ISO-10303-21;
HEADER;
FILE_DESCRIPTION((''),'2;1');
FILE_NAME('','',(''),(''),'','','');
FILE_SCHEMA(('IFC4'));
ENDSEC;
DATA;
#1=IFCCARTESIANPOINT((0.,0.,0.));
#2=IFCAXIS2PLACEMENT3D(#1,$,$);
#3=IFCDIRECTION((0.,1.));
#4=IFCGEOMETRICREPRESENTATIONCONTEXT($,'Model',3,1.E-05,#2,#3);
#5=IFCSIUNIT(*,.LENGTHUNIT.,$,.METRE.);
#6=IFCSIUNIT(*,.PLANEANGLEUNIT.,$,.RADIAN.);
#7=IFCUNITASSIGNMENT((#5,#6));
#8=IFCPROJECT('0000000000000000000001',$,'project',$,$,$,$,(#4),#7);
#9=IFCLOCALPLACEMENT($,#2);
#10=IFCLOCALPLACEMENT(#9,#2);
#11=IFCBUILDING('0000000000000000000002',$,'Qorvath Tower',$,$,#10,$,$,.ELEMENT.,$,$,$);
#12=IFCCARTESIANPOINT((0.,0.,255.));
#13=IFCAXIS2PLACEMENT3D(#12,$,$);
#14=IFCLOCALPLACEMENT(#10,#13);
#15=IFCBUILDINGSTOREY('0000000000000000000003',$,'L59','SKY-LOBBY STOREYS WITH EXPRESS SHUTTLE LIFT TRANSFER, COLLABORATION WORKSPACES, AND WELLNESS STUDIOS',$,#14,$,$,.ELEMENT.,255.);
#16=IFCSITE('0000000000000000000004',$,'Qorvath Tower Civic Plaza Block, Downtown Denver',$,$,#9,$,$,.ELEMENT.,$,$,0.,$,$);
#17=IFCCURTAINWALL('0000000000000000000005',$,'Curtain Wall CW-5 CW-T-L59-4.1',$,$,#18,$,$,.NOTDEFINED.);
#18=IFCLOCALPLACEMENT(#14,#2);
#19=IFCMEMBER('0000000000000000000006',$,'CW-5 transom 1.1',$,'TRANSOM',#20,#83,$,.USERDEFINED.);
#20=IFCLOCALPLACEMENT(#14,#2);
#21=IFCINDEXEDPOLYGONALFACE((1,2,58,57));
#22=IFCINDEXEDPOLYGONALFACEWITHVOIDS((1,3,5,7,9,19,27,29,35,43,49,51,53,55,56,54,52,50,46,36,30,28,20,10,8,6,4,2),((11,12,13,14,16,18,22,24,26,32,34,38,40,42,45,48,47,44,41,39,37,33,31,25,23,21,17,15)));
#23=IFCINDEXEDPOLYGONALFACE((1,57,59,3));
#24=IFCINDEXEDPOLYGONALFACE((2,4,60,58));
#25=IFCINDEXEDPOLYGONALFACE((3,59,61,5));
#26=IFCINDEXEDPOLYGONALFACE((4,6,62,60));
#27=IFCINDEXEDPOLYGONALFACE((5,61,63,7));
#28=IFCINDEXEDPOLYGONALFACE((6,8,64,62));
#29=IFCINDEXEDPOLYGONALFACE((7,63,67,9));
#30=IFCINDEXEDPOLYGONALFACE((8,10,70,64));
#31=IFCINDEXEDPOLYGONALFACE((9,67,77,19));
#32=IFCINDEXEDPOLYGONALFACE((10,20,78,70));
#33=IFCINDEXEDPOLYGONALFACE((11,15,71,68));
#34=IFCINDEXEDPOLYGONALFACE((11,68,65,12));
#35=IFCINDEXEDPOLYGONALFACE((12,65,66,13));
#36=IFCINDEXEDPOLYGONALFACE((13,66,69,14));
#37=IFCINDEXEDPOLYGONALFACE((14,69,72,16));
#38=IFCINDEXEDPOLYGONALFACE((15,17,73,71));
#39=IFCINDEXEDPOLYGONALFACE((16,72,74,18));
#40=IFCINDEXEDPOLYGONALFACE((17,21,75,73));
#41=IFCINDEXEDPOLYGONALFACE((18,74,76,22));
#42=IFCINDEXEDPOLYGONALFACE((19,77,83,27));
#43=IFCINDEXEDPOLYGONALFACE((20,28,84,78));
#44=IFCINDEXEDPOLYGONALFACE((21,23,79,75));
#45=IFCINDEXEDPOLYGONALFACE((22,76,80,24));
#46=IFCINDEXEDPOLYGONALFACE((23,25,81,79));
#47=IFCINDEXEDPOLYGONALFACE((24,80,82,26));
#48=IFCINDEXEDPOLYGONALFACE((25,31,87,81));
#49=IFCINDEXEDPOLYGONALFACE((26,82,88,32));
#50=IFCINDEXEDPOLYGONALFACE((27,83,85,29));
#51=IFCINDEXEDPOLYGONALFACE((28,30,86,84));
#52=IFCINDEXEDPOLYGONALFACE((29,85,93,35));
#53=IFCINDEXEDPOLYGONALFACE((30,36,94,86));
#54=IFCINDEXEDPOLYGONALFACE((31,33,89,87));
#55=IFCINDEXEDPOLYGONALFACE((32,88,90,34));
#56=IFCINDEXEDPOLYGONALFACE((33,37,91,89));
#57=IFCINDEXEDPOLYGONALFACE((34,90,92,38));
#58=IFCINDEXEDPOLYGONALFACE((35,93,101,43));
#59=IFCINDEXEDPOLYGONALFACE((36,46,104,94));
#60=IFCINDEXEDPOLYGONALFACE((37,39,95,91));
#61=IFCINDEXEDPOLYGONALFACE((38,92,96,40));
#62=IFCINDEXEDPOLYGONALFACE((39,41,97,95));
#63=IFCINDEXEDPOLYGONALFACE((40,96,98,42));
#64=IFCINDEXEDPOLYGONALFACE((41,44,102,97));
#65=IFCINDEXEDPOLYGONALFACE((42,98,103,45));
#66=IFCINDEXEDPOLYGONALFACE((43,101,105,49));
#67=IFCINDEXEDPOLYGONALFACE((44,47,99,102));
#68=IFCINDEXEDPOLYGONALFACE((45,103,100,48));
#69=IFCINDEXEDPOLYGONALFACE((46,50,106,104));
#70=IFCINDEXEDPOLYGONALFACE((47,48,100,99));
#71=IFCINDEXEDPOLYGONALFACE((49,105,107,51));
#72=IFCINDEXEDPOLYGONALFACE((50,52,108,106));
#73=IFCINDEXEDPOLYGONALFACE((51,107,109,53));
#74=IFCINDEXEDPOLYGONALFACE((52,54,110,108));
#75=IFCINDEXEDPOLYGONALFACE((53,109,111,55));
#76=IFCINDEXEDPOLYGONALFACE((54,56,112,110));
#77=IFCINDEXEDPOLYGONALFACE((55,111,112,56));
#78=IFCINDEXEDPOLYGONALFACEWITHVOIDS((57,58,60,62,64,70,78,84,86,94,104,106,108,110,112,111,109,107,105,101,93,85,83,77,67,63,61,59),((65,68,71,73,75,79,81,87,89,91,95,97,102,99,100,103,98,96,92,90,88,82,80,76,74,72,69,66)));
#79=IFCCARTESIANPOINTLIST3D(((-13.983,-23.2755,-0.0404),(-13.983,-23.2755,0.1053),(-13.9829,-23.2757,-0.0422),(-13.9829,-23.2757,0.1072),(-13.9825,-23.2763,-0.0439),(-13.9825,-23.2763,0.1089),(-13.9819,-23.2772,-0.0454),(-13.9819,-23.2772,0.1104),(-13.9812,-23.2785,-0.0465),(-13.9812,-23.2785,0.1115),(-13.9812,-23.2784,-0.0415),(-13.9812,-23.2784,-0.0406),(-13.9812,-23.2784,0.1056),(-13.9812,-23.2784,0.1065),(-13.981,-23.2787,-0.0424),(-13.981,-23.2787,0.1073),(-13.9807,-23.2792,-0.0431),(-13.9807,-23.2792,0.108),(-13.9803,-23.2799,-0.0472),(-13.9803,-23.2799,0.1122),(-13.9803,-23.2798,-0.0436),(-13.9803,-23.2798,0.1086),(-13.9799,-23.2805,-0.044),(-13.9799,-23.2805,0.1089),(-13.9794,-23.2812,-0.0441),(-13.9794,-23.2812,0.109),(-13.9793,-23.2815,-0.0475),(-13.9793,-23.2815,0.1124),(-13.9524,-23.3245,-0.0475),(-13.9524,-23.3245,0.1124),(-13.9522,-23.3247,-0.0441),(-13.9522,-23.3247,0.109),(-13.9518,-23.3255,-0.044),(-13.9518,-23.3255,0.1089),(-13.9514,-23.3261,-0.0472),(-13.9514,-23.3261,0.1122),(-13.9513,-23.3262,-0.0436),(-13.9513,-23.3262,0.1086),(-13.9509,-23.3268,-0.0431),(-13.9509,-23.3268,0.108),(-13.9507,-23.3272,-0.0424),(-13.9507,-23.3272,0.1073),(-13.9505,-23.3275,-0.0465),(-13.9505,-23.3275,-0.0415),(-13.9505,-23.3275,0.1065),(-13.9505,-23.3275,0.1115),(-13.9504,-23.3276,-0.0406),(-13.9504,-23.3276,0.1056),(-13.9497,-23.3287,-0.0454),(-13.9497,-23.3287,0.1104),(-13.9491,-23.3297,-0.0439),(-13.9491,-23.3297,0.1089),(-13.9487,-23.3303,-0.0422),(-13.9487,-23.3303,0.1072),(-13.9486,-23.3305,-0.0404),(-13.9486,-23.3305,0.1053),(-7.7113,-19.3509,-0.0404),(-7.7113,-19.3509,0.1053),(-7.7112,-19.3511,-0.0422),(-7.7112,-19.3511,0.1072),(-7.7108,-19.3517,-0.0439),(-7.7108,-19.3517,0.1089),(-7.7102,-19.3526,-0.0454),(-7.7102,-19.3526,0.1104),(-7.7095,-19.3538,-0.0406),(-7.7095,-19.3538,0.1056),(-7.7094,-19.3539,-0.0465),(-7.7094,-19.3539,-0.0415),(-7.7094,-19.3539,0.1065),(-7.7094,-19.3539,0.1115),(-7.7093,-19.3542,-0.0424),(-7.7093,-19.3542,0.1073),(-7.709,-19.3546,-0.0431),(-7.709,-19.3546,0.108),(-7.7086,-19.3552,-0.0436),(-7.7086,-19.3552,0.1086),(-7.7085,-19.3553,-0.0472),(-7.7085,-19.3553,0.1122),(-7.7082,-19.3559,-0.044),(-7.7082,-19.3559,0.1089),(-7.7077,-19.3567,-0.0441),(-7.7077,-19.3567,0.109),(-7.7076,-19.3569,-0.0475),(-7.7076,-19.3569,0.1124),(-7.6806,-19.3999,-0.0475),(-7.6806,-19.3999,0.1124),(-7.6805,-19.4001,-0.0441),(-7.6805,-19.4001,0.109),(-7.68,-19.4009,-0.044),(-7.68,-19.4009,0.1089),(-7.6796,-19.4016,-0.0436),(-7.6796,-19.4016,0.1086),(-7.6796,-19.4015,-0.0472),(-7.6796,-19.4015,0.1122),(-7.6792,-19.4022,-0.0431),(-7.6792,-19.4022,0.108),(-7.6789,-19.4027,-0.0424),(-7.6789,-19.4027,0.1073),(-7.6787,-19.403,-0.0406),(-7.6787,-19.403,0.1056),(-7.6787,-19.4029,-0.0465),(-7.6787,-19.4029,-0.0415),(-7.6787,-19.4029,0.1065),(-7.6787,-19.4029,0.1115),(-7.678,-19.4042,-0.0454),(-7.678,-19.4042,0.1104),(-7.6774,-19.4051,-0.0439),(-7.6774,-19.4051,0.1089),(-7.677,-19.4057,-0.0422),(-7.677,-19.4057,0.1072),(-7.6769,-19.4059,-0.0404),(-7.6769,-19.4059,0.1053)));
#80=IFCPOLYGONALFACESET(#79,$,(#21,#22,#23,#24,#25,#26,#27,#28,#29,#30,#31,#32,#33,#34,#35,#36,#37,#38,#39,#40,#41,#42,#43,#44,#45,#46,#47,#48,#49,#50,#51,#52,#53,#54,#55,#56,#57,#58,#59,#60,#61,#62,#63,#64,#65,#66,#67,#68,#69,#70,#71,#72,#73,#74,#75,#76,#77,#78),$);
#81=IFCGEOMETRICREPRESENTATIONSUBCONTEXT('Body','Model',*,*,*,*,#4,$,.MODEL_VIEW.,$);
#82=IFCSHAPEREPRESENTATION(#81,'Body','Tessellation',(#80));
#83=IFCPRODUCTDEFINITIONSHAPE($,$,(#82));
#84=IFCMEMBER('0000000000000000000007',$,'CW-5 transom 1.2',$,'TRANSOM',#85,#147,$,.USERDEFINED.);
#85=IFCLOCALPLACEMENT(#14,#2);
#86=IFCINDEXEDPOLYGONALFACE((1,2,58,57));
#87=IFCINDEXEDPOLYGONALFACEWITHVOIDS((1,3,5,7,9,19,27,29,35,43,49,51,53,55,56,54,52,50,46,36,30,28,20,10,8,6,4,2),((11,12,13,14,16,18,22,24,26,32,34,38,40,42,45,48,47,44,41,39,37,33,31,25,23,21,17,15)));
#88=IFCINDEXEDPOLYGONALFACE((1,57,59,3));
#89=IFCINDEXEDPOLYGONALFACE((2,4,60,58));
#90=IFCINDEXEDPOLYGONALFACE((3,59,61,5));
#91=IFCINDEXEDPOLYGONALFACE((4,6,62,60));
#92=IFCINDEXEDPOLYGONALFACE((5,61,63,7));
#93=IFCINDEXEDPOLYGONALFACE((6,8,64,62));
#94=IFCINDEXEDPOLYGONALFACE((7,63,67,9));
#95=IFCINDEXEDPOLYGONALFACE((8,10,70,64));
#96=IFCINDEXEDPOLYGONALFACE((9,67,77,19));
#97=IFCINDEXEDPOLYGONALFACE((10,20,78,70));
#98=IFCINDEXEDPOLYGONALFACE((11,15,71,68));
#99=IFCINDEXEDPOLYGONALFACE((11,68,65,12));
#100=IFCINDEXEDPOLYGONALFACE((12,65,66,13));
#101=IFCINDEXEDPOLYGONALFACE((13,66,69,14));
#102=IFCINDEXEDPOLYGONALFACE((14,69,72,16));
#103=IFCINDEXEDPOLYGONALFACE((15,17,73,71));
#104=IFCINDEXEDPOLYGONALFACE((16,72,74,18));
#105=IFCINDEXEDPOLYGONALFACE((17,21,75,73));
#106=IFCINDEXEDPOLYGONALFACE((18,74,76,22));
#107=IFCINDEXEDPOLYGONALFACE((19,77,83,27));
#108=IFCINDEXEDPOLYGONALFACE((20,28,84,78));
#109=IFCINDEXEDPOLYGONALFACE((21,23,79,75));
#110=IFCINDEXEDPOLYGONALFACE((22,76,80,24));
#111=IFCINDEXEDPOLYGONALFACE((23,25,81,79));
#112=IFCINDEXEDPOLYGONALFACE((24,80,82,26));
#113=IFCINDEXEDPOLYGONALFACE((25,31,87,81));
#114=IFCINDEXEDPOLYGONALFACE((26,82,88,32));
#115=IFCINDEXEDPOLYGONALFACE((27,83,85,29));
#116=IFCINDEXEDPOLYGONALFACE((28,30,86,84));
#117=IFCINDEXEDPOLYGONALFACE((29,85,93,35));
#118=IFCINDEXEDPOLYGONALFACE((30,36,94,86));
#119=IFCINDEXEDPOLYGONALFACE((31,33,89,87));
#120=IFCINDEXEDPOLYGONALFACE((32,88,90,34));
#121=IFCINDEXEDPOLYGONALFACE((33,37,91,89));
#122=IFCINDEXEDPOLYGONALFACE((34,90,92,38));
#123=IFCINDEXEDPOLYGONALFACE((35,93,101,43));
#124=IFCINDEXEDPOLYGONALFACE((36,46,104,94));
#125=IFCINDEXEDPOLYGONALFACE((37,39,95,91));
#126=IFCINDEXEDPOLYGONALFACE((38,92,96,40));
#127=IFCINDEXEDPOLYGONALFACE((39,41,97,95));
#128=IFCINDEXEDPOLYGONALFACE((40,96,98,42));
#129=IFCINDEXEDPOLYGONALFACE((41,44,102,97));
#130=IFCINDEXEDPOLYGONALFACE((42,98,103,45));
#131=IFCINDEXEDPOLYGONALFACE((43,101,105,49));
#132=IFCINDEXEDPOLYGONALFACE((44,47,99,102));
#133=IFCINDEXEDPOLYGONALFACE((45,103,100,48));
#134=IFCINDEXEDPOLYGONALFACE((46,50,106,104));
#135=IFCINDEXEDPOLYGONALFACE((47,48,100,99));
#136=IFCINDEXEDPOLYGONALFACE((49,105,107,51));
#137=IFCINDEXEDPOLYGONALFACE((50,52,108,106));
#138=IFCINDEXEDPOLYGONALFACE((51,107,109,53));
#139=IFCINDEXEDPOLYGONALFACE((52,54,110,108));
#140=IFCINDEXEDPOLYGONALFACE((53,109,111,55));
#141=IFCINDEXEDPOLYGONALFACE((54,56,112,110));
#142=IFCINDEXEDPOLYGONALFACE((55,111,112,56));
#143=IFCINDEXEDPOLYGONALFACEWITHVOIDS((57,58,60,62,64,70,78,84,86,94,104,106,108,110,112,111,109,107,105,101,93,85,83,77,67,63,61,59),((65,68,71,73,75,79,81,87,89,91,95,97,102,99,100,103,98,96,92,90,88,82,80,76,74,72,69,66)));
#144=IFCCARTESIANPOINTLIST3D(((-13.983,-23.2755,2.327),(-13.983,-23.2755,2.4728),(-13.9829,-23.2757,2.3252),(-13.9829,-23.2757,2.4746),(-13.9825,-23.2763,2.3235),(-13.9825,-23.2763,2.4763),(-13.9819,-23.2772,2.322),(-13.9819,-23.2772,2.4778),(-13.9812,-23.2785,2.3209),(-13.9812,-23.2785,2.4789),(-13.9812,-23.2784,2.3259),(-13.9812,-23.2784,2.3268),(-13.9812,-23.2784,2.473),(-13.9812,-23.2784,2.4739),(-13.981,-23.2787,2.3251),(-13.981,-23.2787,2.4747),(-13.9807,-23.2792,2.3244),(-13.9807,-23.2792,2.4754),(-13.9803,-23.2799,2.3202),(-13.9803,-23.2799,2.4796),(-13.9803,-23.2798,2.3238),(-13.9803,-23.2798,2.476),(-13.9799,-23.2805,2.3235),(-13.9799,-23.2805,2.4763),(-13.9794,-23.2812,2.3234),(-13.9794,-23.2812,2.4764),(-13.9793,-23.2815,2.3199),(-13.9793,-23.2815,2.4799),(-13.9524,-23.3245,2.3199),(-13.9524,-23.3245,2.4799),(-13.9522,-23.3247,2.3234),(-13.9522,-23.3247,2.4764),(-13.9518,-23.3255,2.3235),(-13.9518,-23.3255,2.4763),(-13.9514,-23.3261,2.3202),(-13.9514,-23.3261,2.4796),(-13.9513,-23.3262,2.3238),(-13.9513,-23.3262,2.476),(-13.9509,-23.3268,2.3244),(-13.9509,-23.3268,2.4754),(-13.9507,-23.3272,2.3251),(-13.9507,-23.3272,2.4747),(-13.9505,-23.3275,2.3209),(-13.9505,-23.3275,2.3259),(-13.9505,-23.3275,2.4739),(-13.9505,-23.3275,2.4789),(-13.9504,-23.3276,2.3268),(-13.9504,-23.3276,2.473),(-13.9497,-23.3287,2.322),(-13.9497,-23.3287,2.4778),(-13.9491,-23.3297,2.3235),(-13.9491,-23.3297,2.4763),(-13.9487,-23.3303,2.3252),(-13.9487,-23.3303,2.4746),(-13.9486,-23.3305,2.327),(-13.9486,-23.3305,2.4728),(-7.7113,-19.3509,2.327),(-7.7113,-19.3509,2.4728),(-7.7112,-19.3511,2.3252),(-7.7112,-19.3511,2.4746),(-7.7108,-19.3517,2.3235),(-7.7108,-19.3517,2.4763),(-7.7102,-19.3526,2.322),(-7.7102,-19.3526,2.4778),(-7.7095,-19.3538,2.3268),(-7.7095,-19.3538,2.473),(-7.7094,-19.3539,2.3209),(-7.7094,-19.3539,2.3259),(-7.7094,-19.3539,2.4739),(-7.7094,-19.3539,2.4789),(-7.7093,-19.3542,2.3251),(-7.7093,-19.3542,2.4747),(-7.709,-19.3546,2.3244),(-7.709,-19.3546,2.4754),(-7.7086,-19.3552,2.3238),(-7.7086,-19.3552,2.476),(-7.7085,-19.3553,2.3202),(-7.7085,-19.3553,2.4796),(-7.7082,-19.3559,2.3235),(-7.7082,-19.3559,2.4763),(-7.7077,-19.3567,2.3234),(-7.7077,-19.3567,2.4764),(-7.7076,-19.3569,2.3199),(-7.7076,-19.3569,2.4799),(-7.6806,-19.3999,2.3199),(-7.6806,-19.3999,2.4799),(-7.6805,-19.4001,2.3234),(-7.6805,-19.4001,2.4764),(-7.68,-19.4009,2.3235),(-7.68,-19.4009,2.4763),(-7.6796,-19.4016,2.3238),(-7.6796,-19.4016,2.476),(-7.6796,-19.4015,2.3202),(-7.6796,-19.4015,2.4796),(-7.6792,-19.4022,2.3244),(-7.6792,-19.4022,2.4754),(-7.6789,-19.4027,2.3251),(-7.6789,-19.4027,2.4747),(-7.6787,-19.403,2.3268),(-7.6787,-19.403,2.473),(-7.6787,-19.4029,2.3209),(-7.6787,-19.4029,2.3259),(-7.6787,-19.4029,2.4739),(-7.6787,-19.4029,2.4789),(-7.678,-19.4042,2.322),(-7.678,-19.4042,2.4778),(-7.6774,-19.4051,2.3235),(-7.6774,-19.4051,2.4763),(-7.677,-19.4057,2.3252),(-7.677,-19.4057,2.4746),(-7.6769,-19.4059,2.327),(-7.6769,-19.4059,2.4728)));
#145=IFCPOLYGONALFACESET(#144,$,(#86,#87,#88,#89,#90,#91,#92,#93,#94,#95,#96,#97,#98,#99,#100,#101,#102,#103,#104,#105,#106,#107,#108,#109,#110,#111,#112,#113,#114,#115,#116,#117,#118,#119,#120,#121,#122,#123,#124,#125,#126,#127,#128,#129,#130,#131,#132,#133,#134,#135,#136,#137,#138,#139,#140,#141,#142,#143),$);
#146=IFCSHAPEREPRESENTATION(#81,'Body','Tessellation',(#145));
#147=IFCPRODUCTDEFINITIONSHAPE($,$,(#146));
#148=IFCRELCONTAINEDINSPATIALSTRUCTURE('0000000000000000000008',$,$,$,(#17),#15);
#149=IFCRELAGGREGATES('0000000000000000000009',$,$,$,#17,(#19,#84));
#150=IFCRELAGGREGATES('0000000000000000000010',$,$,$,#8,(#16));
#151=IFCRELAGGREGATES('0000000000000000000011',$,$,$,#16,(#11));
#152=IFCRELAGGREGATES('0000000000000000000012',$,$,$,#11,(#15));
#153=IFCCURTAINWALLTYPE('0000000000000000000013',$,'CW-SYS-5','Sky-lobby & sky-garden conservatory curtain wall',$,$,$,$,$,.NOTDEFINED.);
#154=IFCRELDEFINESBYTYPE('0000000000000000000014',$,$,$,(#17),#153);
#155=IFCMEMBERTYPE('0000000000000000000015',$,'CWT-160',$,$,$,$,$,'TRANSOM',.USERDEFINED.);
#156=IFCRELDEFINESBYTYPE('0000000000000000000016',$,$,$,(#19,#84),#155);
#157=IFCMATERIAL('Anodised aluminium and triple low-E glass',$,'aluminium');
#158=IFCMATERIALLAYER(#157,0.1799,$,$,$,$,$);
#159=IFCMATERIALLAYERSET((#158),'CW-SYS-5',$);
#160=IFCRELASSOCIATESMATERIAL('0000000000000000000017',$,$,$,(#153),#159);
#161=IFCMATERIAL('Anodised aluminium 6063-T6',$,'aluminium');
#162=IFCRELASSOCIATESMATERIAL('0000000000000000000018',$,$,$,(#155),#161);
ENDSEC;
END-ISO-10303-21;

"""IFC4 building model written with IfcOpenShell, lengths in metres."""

from ifc_helpers import new_model, si_unit, direction, frame, origin, origin_2d, place, context, subcontext, project, spatial, hollow_rectangle, extrude, material, layer, layer_set, material_profile, profile_set, type_object, element, aggregate, save


model = new_model("IFC4")

# Units and contexts
model_context = context("Model", 3, precision=1e-05, world=origin(), true_north=direction((0.0, 1.0)))
body_context = subcontext(model_context, "Body", "Model", "MODEL_VIEW")
ifc_project = project(units=[si_unit("LENGTHUNIT", "METRE"), si_unit("PLANEANGLEUNIT", "RADIAN")], contexts=[model_context])

# Site, building, storey
site_placement = place(None, origin())
site = spatial("IfcSite", under=ifc_project, at=site_placement, Name="Qorvath Tower Civic Plaza Block, Downtown Denver", CompositionType="ELEMENT", RefElevation=0.0)
building_placement = place(site_placement, origin())
building = spatial("IfcBuilding", under=site, at=building_placement, Name="Qorvath Tower", CompositionType="ELEMENT")
storey_placement = place(building_placement, frame((0.0, 0.0, 255.0)))
storey = spatial("IfcBuildingStorey", under=building, at=storey_placement, Name="L59", Description="SKY-LOBBY STOREYS WITH EXPRESS SHUTTLE LIFT TRANSFER, COLLABORATION WORKSPACES, AND WELLNESS STUDIOS", CompositionType="ELEMENT", Elevation=255.0)

# Curtain wall
ifc_material_1 = material(Name="Anodised aluminium and triple low-E glass", Category="aluminium")
ifc_layer_1 = layer(ifc_material_1, 0.1799)
ifc_layer_set_1 = layer_set([ifc_layer_1], Name="CW-SYS-5")
curtain_wall_type = type_object("IfcCurtainWallType", Name="CW-SYS-5", Description="Sky-lobby & sky-garden conservatory curtain wall", PredefinedType="NOTDEFINED", material=ifc_layer_set_1)
curtain_wall_1_placement = place(storey_placement, origin())
curtain_wall_1 = element("IfcCurtainWall", 1, at=curtain_wall_1_placement, inside=storey, type_object=curtain_wall_type, Name="Curtain Wall CW-5 CW-T-L59-4.1", PredefinedType="NOTDEFINED")

# Members
ifc_material_2 = material(Name="Anodised aluminium 6063-T6", Category="aluminium")
ifc_material_profile_1 = material_profile(ifc_material_2, hollow_rectangle(XDim=0.0649, YDim=0.1599, WallThickness=0.0034, InnerFilletRadius=0.0034, OuterFilletRadius=0.0071, at=origin_2d()), Name="CWT 160x65")
ifc_profile_set_1 = profile_set([ifc_material_profile_1], Name="Anodised aluminium 6063-T6")
member_type_1 = type_object("IfcMemberType", Name="CWT-160", ElementType="TRANSOM", PredefinedType="USERDEFINED", material=ifc_profile_set_1)
member_1_placement = place(storey_placement, frame((-13.9658, -23.303, 0.0325), z_axis=(0.847711, 0.530459, 0.0), x_axis=(-0.530459, 0.847711, 0.0)))
member_1 = element("IfcMember", 2, at=member_1_placement, type_object=member_type_1, Name="CW-5 transom 1.1", ObjectType="TRANSOM", PredefinedType="USERDEFINED", context=body_context, shape_type="SweptSolid", body=[
    extrude(hollow_rectangle(XDim=0.0649, YDim=0.1599, WallThickness=0.0034, InnerFilletRadius=0.0034, OuterFilletRadius=0.0071, at=origin_2d()), origin(), (0.0, 0.0, 1.0), 7.3984),
])
member_2_placement = place(storey_placement, frame((-13.9658, -23.303, 2.3999), z_axis=(0.847711, 0.530459, 0.0), x_axis=(-0.530459, 0.847711, 0.0)))
member_2 = element("IfcMember", 3, at=member_2_placement, type_object=member_type_1, Name="CW-5 transom 1.2", ObjectType="TRANSOM", PredefinedType="USERDEFINED", context=body_context, shape_type="SweptSolid", body=[
    extrude(hollow_rectangle(XDim=0.0649, YDim=0.1599, WallThickness=0.0034, InnerFilletRadius=0.0034, OuterFilletRadius=0.0071, at=origin_2d()), origin(), (0.0, 0.0, 1.0), 7.3984),
])

aggregate(curtain_wall_1, [member_1, member_2])

save(model, "model.ifc")
